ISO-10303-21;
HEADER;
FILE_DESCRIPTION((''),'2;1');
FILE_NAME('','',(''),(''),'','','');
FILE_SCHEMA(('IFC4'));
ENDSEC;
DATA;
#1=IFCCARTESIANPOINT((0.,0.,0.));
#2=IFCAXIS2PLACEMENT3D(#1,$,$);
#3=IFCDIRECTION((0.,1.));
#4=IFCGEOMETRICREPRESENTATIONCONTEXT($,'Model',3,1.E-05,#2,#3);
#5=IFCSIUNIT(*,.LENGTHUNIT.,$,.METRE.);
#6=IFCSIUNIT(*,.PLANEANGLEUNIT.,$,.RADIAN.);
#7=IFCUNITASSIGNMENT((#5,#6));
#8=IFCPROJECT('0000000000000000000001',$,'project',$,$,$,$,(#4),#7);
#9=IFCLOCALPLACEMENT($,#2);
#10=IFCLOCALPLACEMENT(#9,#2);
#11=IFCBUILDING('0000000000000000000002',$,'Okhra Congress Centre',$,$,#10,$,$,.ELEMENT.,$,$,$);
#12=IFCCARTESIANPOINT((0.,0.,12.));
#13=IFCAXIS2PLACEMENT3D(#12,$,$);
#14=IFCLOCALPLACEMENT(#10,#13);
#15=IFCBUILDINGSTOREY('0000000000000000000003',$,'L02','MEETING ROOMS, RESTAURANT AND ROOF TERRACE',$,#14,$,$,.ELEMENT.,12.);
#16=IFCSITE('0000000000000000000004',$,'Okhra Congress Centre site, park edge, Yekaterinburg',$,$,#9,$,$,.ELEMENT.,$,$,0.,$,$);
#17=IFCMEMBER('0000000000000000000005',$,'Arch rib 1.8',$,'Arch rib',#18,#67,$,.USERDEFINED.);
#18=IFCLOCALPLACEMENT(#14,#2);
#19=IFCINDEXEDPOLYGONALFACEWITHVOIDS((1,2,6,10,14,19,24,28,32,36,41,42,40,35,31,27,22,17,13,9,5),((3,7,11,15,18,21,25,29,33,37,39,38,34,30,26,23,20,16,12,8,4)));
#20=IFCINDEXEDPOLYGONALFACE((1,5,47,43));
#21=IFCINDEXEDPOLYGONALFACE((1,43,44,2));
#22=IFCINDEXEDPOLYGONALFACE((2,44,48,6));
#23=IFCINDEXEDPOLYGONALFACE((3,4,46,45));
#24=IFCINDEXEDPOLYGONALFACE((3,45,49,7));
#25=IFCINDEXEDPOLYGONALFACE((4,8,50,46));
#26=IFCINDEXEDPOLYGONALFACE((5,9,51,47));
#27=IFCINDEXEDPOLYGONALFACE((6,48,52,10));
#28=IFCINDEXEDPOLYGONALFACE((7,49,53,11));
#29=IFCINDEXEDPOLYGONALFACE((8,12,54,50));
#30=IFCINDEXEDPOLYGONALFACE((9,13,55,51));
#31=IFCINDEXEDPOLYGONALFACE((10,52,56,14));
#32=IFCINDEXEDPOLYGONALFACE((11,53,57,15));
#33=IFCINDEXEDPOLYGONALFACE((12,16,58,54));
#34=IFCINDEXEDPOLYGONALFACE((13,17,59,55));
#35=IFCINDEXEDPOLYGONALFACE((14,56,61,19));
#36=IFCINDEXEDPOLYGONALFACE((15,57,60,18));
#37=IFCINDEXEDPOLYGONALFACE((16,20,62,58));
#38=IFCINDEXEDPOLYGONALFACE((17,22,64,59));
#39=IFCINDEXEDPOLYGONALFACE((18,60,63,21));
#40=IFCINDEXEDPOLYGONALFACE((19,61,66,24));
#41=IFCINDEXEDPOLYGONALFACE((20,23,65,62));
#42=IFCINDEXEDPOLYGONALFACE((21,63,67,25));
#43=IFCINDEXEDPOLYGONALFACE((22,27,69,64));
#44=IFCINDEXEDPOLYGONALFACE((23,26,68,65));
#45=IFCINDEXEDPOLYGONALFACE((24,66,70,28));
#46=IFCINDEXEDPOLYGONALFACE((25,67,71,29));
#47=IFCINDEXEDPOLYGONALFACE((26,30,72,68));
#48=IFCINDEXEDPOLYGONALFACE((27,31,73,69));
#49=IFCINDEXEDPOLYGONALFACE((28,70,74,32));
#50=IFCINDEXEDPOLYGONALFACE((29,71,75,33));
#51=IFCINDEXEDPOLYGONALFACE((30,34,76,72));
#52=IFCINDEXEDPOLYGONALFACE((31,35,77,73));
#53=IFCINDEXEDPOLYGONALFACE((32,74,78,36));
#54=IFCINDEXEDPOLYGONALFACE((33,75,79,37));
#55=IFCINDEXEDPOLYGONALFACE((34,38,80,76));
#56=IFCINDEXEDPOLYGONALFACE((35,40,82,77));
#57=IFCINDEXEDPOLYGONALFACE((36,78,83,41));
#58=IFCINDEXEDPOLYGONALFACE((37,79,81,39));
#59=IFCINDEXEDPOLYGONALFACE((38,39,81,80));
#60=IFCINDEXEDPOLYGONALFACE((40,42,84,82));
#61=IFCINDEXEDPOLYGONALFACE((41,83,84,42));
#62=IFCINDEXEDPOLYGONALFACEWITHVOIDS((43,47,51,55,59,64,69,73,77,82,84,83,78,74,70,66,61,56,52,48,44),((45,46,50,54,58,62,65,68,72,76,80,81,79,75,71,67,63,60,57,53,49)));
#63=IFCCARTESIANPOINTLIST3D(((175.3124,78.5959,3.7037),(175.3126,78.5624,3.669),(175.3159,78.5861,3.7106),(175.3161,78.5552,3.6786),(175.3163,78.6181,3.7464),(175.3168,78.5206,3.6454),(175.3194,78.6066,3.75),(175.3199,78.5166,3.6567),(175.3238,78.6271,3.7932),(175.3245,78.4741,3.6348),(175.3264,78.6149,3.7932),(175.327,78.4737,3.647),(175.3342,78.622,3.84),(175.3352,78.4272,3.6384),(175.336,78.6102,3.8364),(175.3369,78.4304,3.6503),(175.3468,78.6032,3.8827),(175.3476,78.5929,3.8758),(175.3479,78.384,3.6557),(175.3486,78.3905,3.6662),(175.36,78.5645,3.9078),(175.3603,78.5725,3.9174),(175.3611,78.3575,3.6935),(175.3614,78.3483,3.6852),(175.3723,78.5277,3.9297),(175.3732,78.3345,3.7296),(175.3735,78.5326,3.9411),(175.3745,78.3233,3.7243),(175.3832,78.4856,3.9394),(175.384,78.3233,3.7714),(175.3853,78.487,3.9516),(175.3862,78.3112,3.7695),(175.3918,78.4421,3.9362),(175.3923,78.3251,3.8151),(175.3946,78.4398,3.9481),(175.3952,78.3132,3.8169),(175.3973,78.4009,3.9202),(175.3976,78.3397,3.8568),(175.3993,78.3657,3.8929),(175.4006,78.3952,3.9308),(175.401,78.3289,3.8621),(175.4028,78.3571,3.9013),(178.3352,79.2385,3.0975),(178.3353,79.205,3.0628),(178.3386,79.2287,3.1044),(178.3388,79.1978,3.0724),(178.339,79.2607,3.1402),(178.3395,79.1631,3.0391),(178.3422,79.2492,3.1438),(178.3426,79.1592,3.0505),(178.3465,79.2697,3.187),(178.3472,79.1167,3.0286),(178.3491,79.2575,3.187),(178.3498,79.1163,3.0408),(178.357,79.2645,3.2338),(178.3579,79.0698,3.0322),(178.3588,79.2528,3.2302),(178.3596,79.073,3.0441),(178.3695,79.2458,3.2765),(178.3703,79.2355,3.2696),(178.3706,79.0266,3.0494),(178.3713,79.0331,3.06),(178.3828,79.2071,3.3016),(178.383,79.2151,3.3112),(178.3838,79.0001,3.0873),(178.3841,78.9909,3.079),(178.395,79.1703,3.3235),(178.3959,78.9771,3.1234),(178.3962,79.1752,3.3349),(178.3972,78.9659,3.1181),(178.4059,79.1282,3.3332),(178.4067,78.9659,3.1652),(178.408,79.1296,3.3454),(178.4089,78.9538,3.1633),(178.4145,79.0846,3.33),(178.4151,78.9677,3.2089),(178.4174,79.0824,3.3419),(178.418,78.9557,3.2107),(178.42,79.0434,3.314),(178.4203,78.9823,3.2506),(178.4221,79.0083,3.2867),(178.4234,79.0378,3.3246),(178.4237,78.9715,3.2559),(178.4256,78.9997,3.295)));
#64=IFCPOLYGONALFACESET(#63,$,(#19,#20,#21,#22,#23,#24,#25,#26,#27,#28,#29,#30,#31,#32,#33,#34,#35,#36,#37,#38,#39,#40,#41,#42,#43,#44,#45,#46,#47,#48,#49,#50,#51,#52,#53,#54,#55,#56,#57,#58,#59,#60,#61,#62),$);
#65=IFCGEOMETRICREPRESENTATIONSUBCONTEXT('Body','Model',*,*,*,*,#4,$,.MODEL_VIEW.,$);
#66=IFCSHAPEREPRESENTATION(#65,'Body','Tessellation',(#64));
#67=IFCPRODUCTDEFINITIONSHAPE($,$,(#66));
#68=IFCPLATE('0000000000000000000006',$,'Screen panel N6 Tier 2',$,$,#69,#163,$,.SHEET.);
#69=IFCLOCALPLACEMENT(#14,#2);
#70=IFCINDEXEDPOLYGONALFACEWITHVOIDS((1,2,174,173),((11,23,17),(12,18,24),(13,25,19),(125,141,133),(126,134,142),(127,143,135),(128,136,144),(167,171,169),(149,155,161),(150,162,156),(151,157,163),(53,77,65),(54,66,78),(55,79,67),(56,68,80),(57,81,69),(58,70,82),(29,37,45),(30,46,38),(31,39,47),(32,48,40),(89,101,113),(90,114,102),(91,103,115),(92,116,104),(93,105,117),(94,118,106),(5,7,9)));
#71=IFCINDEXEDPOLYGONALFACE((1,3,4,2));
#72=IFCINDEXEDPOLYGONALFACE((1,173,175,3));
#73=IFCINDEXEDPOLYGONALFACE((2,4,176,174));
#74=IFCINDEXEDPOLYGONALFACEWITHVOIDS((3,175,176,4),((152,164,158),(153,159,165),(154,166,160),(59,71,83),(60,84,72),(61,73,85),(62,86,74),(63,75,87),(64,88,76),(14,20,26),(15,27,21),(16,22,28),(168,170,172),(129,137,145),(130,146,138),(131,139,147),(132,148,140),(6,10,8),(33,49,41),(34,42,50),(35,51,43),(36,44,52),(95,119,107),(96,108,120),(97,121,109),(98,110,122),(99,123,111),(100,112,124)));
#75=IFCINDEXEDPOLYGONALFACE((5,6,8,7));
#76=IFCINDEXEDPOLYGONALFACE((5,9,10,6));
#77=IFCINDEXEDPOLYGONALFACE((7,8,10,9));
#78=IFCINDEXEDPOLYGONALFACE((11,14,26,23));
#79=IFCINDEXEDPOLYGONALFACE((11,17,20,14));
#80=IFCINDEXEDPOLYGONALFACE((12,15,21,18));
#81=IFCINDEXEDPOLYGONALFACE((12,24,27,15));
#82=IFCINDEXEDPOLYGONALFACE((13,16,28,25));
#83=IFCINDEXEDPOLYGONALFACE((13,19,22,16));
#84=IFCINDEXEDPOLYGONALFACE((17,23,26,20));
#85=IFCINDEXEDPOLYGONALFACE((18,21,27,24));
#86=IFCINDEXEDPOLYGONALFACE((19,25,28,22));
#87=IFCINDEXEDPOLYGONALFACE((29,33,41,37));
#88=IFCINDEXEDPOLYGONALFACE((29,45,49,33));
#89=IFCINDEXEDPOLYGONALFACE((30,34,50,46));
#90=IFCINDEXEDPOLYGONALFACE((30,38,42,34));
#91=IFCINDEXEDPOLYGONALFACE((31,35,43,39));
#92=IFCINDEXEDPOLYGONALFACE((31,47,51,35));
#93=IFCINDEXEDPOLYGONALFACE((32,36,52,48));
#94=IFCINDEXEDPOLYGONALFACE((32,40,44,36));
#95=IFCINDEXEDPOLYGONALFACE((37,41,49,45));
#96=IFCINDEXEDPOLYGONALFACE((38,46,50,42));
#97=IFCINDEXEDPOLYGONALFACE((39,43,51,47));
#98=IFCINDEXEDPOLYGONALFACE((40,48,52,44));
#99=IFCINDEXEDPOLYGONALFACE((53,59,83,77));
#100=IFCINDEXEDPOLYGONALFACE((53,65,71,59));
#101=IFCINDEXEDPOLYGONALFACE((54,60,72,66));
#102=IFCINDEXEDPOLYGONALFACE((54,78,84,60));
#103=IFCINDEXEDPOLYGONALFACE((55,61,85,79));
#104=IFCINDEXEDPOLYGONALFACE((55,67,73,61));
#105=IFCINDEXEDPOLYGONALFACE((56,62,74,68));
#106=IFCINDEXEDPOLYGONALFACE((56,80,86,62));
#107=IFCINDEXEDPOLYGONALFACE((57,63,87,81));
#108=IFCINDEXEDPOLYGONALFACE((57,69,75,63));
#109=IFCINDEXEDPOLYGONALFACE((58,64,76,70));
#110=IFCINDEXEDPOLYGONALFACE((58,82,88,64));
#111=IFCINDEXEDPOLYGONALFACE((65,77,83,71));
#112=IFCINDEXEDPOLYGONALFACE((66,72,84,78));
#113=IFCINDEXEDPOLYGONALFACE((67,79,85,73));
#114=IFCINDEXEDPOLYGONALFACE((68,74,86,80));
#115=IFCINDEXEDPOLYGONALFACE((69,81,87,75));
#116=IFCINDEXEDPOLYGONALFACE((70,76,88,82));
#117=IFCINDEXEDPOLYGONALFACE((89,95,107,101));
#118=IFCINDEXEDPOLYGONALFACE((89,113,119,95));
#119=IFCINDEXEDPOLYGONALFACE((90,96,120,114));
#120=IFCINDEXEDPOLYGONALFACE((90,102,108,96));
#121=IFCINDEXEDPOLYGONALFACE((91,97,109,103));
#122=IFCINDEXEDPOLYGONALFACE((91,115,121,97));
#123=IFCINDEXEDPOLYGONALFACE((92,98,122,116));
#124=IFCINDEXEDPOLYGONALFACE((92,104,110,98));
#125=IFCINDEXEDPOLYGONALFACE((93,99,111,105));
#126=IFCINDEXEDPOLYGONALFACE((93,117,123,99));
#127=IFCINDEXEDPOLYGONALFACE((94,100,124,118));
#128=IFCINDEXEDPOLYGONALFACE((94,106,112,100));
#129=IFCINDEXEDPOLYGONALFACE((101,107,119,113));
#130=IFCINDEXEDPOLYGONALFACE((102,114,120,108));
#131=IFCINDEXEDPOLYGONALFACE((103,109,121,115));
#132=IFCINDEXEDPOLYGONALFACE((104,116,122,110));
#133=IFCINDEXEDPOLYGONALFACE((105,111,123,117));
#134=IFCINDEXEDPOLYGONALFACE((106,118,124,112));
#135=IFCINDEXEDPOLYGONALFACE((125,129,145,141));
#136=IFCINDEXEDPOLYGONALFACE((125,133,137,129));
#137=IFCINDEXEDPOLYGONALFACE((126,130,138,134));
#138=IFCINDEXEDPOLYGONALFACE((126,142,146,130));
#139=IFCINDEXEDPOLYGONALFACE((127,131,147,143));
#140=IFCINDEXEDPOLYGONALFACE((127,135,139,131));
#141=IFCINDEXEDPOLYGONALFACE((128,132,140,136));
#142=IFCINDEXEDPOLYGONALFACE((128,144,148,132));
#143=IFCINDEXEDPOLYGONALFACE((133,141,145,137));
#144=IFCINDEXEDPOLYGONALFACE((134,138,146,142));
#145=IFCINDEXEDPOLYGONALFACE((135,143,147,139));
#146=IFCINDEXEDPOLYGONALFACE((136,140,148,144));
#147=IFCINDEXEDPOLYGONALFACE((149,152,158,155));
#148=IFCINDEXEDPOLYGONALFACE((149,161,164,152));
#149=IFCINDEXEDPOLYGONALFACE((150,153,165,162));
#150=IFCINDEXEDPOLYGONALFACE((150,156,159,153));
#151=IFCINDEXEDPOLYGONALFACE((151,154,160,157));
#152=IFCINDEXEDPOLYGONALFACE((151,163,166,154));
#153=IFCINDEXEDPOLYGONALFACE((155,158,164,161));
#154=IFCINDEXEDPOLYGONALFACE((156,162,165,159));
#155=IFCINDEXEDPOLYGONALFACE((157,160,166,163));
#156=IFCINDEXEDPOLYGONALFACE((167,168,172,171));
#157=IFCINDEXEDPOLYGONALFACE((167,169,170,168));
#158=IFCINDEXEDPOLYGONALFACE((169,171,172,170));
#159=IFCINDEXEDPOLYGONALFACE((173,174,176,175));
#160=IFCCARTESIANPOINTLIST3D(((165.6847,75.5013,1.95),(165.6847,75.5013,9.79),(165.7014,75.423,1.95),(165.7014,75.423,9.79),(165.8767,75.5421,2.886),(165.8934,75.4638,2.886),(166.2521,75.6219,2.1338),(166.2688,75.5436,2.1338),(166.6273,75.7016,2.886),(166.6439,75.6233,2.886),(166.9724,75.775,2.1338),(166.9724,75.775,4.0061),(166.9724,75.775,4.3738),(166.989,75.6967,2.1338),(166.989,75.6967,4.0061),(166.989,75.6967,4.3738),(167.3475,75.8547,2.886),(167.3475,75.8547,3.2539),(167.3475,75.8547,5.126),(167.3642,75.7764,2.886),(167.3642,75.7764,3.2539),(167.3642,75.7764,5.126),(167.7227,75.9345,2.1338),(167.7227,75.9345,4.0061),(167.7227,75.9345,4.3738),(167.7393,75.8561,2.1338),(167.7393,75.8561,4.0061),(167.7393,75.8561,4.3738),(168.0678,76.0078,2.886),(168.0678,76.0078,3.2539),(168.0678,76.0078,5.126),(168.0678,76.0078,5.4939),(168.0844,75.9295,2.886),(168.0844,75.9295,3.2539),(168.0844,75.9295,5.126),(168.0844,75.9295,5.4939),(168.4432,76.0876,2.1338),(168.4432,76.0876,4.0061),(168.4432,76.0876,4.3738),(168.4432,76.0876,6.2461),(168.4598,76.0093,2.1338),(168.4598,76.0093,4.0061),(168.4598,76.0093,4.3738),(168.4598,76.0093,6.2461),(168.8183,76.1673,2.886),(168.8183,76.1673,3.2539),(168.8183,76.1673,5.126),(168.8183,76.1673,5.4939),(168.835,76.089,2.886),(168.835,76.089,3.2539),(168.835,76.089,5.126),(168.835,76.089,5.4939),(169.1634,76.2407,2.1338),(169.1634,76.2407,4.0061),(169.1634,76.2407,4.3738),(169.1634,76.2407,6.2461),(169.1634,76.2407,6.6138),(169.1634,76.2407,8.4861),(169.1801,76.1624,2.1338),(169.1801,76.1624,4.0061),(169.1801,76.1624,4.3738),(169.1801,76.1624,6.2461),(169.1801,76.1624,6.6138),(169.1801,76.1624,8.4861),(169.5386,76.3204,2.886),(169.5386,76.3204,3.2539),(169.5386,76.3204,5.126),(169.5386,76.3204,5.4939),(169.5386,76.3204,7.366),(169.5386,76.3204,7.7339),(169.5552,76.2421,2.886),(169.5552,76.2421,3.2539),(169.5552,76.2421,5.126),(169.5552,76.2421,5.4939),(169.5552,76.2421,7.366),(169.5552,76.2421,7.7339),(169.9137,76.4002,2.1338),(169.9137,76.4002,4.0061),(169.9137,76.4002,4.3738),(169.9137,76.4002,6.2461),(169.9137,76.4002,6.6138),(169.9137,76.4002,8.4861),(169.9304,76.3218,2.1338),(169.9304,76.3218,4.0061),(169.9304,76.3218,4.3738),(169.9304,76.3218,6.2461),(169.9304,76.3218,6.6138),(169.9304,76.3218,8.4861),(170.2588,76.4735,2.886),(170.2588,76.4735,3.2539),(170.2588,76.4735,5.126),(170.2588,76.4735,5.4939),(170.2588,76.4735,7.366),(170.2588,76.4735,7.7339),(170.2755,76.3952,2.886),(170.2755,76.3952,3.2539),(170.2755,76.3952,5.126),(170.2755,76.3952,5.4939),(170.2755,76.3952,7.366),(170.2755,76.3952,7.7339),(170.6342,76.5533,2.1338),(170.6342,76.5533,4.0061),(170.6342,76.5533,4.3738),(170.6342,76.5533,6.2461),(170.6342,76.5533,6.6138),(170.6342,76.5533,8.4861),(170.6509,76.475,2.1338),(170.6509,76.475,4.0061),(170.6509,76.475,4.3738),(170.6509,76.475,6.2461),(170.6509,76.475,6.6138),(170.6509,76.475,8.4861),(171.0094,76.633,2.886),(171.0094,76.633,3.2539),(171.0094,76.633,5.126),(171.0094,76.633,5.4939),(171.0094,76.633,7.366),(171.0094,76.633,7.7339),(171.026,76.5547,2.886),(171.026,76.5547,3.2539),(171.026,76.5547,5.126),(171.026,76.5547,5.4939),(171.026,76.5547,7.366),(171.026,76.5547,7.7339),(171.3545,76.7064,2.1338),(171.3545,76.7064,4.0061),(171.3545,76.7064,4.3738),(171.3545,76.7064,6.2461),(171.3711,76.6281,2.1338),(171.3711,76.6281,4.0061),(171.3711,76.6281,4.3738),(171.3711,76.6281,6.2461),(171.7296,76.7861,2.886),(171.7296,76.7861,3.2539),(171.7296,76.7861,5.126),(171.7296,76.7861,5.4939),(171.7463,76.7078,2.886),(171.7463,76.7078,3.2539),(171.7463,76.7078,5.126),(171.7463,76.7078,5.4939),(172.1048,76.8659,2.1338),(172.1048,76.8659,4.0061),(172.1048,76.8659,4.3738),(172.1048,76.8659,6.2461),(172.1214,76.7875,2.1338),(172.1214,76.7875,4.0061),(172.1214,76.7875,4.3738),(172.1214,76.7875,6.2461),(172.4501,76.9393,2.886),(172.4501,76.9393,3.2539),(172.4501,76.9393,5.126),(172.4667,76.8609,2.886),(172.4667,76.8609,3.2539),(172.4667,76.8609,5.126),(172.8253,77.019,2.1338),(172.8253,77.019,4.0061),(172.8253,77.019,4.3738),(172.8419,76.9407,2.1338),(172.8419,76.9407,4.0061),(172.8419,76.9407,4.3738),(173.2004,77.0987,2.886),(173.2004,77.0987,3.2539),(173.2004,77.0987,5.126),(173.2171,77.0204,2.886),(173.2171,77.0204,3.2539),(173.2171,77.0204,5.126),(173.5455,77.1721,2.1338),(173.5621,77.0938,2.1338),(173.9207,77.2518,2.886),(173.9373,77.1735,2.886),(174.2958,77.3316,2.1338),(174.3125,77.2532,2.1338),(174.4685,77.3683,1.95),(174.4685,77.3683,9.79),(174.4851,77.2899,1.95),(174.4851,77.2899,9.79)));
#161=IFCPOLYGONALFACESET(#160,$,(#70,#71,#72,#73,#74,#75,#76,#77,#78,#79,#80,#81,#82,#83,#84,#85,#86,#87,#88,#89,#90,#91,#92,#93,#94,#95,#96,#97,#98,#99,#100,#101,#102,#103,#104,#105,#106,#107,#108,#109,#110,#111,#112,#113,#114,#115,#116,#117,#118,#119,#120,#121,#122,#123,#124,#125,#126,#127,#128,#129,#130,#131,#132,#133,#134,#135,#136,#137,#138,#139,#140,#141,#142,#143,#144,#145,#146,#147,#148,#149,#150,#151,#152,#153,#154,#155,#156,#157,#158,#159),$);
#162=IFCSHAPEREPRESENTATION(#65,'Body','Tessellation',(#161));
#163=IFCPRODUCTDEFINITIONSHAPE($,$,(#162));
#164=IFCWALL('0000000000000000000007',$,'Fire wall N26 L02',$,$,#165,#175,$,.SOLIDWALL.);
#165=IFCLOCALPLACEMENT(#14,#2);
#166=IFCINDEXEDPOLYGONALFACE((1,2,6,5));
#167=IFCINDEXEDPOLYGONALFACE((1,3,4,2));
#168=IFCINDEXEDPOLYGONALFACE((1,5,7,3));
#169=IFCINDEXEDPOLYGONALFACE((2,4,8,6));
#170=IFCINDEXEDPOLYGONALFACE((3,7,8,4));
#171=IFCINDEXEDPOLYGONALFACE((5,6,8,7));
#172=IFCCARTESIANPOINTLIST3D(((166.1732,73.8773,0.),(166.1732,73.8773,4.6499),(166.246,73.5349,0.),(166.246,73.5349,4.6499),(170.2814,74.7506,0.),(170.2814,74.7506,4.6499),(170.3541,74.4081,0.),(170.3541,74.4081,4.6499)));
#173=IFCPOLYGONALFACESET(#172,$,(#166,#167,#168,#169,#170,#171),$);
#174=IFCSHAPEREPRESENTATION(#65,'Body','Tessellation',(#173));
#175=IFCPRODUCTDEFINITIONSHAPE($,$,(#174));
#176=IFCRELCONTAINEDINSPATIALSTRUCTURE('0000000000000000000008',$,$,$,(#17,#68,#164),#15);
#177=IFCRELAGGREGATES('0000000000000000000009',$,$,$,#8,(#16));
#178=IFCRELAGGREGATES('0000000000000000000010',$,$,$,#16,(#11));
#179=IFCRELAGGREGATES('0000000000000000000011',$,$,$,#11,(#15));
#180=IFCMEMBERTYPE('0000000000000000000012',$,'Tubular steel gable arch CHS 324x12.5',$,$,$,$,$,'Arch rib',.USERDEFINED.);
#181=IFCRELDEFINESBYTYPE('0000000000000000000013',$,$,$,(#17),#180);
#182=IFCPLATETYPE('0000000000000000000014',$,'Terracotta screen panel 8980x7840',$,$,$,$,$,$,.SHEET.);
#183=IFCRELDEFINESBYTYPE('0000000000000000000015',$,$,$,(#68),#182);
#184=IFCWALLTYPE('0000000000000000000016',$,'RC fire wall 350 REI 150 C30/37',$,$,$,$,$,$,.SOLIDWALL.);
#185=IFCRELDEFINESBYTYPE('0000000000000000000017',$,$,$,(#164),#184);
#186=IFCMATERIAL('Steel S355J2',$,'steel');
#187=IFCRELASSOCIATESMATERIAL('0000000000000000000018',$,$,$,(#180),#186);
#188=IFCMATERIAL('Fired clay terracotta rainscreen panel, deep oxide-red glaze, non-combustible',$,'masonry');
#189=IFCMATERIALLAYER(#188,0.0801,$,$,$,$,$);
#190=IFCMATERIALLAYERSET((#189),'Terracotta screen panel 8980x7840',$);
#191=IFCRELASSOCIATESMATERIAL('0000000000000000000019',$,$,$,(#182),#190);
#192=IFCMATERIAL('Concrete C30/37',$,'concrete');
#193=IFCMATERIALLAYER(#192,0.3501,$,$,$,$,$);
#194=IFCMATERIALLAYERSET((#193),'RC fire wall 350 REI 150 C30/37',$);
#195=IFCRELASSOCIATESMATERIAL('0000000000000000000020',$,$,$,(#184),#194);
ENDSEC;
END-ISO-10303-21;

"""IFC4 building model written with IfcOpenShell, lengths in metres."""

from ifc_helpers import new_model, si_unit, direction, frame, frame_2d, origin, origin_2d, place, context, subcontext, project, spatial, polyline, rectangle, hollow_circle, outline, extrude, material, layer, layer_set, material_profile, profile_set, type_object, element, save


model = new_model("IFC4")

# Units and contexts
model_context = context("Model", 3, precision=1e-05, world=origin(), true_north=direction((0.0, 1.0)))
body_context = subcontext(model_context, "Body", "Model", "MODEL_VIEW")
ifc_project = project(units=[si_unit("LENGTHUNIT", "METRE"), si_unit("PLANEANGLEUNIT", "RADIAN")], contexts=[model_context])

# Site, building, storey
site_placement = place(None, origin())
site = spatial("IfcSite", under=ifc_project, at=site_placement, Name="Okhra Congress Centre site, park edge, Yekaterinburg", CompositionType="ELEMENT", RefElevation=0.0)
building_placement = place(site_placement, origin())
building = spatial("IfcBuilding", under=site, at=building_placement, Name="Okhra Congress Centre", CompositionType="ELEMENT")
storey_placement = place(building_placement, frame((0.0, 0.0, 12.0)))
storey = spatial("IfcBuildingStorey", under=building, at=storey_placement, Name="L02", Description="MEETING ROOMS, RESTAURANT AND ROOF TERRACE", CompositionType="ELEMENT", Elevation=12.0)

# Shared definitions
ifc_material_1 = material(Name="Steel S355J2", Category="steel")

# Member
ifc_material_profile_1 = material_profile(ifc_material_1, hollow_circle(Radius=0.1619, WallThickness=0.0125, at=origin_2d()), Name="CHS 323.9x12.5")
ifc_profile_set_1 = profile_set([ifc_material_profile_1], Name="Steel S355J2")
member_type_1 = type_object("IfcMemberType", Name="Tubular steel gable arch CHS 324x12.5", ElementType="Arch rib", PredefinedType="USERDEFINED", material=ifc_profile_set_1)
member_1_placement = place(storey_placement, frame((175.3574, 78.4688, 3.7932), z_axis=(0.959849, 0.204048, -0.192497), x_axis=(-0.207937, 0.978142, 0.0)))
element("IfcMember", 1, at=member_1_placement, inside=storey, type_object=member_type_1, Name="Arch rib 1.8", ObjectType="Arch rib", PredefinedType="USERDEFINED", context=body_context, shape_type="SweptSolid", body=[
    extrude(hollow_circle(Radius=0.1619, WallThickness=0.0125, at=origin_2d()), origin(), (0.0, 0.0, 1.0), 3.1492),
])

# Plate
ifc_material_2 = material(Name="Fired clay terracotta rainscreen panel, deep oxide-red glaze, non-combustible", Category="masonry")
ifc_layer_1 = layer(ifc_material_2, 0.0801)
ifc_layer_set_1 = layer_set([ifc_layer_1], Name="Terracotta screen panel 8980x7840")
plate_type = type_object("IfcPlateType", Name="Terracotta screen panel 8980x7840", PredefinedType="SHEET", material=ifc_layer_set_1)
plate_placement = place(storey_placement, frame((174.4768, 77.3291, 1.95), z_axis=(0.0, 0.0, 1.0), x_axis=(-0.97815, -0.207902, 0.0)))
element("IfcPlate", 2, at=plate_placement, inside=storey, type_object=plate_type, Name="Screen panel N6 Tier 2", PredefinedType="SHEET", context=body_context, shape_type="SweptSolid", body=[
    extrude(outline(polyline([(0.0, 0.0), (8.98, 0.0), (8.98, 7.8401), (0.0, 7.8401), (0.0, 0.0)]), holes=[polyline([(0.1765, 0.1838), (0.9436, 0.1838), (0.5601, 0.936), (0.1765, 0.1838)]), polyline([(1.2964, 0.936), (1.6799, 0.1838), (2.0635, 0.936), (1.2964, 0.936)]), polyline([(2.4165, 0.1838), (3.1836, 0.1838), (2.8, 0.936), (2.4165, 0.1838)]), polyline([(3.5364, 0.936), (3.9199, 0.1838), (4.3037, 0.936), (3.5364, 0.936)]), polyline([(4.6565, 0.1838), (5.4236, 0.1838), (5.04, 0.936), (4.6565, 0.1838)]), polyline([(5.7764, 0.936), (6.1599, 0.1838), (6.5437, 0.936), (5.7764, 0.936)]), polyline([(6.8965, 0.1838), (7.6636, 0.1838), (7.28, 0.936), (6.8965, 0.1838)]), polyline([(8.0164, 0.936), (8.3999, 0.1838), (8.7837, 0.936), (8.0164, 0.936)]), polyline([(1.2964, 1.304), (2.0635, 1.304), (1.6799, 2.0562), (1.2964, 1.304)]), polyline([(2.4165, 2.0562), (2.8, 1.304), (3.1836, 2.0562), (2.4165, 2.0562)]), polyline([(3.5364, 1.304), (4.3037, 1.304), (3.9199, 2.0562), (3.5364, 1.304)]), polyline([(4.6565, 2.0562), (5.04, 1.304), (5.4236, 2.0562), (4.6565, 2.0562)]), polyline([(5.7764, 1.304), (6.5437, 1.304), (6.1599, 2.0562), (5.7764, 1.304)]), polyline([(6.8965, 2.0562), (7.28, 1.304), (7.6636, 2.0562), (6.8965, 2.0562)]), polyline([(1.2964, 3.176), (1.6799, 2.4238), (2.0635, 3.176), (1.2964, 3.176)]), polyline([(2.4165, 2.4238), (3.1836, 2.4238), (2.8, 3.176), (2.4165, 2.4238)]), polyline([(3.5364, 3.176), (3.9199, 2.4238), (4.3037, 3.176), (3.5364, 3.176)]), polyline([(4.6565, 2.4238), (5.4236, 2.4238), (5.04, 3.176), (4.6565, 2.4238)]), polyline([(5.7764, 3.176), (6.1599, 2.4238), (6.5437, 3.176), (5.7764, 3.176)]), polyline([(6.8965, 2.4238), (7.6636, 2.4238), (7.28, 3.176), (6.8965, 2.4238)]), polyline([(2.4165, 4.2961), (2.8, 3.5439), (3.1836, 4.2961), (2.4165, 4.2961)]), polyline([(3.5364, 3.5439), (4.3037, 3.5439), (3.9199, 4.2961), (3.5364, 3.5439)]), polyline([(4.6565, 4.2961), (5.04, 3.5439), (5.4236, 4.2961), (4.6565, 4.2961)]), polyline([(5.7764, 3.5439), (6.5437, 3.5439), (6.1599, 4.2961), (5.7764, 3.5439)]), polyline([(3.5364, 5.416), (3.9199, 4.6638), (4.3037, 5.416), (3.5364, 5.416)]), polyline([(4.6565, 4.6638), (5.4236, 4.6638), (5.04, 5.416), (4.6565, 4.6638)]), polyline([(3.5364, 5.7839), (4.3037, 5.7839), (3.9199, 6.5361), (3.5364, 5.7839)]), polyline([(4.6565, 6.5361), (5.04, 5.7839), (5.4236, 6.5361), (4.6565, 6.5361)])]), frame((0.0, 0.04, 0.0), z_axis=(0.0, -1.0, 0.0), x_axis=(1.0, 0.0, 0.0)), (0.0, 0.0, 1.0), 0.0801),
])

# Wall
ifc_material_3 = material(Name="Concrete C30/37", Category="concrete")
ifc_layer_2 = layer(ifc_material_3, 0.3501)
ifc_layer_set_2 = layer_set([ifc_layer_2], Name="RC fire wall 350 REI 150 C30/37")
wall_type = type_object("IfcWallType", Name="RC fire wall 350 REI 150 C30/37", PredefinedType="SOLIDWALL", material=ifc_layer_set_2)
for number, where, z_axis, x_axis, name in (
    (3, (166.2095, 73.7061, 0.0), (0.0, 0.0, 1.0), (0.978144, 0.207929, 0.0), "Fire wall N26 L02"),
):
    element("IfcWall", number, at=place(storey_placement, frame(where, z_axis=z_axis, x_axis=x_axis)), inside=storey, type_object=wall_type, Name=name, PredefinedType="SOLIDWALL", context=body_context, shape_type="SweptSolid", body=[
        extrude(rectangle(XDim=4.2, YDim=0.3501, at=frame_2d((2.1001, 0.0))), origin(), (0.0, 0.0, 1.0), 4.6499),
    ])

save(model, "model.ifc")
